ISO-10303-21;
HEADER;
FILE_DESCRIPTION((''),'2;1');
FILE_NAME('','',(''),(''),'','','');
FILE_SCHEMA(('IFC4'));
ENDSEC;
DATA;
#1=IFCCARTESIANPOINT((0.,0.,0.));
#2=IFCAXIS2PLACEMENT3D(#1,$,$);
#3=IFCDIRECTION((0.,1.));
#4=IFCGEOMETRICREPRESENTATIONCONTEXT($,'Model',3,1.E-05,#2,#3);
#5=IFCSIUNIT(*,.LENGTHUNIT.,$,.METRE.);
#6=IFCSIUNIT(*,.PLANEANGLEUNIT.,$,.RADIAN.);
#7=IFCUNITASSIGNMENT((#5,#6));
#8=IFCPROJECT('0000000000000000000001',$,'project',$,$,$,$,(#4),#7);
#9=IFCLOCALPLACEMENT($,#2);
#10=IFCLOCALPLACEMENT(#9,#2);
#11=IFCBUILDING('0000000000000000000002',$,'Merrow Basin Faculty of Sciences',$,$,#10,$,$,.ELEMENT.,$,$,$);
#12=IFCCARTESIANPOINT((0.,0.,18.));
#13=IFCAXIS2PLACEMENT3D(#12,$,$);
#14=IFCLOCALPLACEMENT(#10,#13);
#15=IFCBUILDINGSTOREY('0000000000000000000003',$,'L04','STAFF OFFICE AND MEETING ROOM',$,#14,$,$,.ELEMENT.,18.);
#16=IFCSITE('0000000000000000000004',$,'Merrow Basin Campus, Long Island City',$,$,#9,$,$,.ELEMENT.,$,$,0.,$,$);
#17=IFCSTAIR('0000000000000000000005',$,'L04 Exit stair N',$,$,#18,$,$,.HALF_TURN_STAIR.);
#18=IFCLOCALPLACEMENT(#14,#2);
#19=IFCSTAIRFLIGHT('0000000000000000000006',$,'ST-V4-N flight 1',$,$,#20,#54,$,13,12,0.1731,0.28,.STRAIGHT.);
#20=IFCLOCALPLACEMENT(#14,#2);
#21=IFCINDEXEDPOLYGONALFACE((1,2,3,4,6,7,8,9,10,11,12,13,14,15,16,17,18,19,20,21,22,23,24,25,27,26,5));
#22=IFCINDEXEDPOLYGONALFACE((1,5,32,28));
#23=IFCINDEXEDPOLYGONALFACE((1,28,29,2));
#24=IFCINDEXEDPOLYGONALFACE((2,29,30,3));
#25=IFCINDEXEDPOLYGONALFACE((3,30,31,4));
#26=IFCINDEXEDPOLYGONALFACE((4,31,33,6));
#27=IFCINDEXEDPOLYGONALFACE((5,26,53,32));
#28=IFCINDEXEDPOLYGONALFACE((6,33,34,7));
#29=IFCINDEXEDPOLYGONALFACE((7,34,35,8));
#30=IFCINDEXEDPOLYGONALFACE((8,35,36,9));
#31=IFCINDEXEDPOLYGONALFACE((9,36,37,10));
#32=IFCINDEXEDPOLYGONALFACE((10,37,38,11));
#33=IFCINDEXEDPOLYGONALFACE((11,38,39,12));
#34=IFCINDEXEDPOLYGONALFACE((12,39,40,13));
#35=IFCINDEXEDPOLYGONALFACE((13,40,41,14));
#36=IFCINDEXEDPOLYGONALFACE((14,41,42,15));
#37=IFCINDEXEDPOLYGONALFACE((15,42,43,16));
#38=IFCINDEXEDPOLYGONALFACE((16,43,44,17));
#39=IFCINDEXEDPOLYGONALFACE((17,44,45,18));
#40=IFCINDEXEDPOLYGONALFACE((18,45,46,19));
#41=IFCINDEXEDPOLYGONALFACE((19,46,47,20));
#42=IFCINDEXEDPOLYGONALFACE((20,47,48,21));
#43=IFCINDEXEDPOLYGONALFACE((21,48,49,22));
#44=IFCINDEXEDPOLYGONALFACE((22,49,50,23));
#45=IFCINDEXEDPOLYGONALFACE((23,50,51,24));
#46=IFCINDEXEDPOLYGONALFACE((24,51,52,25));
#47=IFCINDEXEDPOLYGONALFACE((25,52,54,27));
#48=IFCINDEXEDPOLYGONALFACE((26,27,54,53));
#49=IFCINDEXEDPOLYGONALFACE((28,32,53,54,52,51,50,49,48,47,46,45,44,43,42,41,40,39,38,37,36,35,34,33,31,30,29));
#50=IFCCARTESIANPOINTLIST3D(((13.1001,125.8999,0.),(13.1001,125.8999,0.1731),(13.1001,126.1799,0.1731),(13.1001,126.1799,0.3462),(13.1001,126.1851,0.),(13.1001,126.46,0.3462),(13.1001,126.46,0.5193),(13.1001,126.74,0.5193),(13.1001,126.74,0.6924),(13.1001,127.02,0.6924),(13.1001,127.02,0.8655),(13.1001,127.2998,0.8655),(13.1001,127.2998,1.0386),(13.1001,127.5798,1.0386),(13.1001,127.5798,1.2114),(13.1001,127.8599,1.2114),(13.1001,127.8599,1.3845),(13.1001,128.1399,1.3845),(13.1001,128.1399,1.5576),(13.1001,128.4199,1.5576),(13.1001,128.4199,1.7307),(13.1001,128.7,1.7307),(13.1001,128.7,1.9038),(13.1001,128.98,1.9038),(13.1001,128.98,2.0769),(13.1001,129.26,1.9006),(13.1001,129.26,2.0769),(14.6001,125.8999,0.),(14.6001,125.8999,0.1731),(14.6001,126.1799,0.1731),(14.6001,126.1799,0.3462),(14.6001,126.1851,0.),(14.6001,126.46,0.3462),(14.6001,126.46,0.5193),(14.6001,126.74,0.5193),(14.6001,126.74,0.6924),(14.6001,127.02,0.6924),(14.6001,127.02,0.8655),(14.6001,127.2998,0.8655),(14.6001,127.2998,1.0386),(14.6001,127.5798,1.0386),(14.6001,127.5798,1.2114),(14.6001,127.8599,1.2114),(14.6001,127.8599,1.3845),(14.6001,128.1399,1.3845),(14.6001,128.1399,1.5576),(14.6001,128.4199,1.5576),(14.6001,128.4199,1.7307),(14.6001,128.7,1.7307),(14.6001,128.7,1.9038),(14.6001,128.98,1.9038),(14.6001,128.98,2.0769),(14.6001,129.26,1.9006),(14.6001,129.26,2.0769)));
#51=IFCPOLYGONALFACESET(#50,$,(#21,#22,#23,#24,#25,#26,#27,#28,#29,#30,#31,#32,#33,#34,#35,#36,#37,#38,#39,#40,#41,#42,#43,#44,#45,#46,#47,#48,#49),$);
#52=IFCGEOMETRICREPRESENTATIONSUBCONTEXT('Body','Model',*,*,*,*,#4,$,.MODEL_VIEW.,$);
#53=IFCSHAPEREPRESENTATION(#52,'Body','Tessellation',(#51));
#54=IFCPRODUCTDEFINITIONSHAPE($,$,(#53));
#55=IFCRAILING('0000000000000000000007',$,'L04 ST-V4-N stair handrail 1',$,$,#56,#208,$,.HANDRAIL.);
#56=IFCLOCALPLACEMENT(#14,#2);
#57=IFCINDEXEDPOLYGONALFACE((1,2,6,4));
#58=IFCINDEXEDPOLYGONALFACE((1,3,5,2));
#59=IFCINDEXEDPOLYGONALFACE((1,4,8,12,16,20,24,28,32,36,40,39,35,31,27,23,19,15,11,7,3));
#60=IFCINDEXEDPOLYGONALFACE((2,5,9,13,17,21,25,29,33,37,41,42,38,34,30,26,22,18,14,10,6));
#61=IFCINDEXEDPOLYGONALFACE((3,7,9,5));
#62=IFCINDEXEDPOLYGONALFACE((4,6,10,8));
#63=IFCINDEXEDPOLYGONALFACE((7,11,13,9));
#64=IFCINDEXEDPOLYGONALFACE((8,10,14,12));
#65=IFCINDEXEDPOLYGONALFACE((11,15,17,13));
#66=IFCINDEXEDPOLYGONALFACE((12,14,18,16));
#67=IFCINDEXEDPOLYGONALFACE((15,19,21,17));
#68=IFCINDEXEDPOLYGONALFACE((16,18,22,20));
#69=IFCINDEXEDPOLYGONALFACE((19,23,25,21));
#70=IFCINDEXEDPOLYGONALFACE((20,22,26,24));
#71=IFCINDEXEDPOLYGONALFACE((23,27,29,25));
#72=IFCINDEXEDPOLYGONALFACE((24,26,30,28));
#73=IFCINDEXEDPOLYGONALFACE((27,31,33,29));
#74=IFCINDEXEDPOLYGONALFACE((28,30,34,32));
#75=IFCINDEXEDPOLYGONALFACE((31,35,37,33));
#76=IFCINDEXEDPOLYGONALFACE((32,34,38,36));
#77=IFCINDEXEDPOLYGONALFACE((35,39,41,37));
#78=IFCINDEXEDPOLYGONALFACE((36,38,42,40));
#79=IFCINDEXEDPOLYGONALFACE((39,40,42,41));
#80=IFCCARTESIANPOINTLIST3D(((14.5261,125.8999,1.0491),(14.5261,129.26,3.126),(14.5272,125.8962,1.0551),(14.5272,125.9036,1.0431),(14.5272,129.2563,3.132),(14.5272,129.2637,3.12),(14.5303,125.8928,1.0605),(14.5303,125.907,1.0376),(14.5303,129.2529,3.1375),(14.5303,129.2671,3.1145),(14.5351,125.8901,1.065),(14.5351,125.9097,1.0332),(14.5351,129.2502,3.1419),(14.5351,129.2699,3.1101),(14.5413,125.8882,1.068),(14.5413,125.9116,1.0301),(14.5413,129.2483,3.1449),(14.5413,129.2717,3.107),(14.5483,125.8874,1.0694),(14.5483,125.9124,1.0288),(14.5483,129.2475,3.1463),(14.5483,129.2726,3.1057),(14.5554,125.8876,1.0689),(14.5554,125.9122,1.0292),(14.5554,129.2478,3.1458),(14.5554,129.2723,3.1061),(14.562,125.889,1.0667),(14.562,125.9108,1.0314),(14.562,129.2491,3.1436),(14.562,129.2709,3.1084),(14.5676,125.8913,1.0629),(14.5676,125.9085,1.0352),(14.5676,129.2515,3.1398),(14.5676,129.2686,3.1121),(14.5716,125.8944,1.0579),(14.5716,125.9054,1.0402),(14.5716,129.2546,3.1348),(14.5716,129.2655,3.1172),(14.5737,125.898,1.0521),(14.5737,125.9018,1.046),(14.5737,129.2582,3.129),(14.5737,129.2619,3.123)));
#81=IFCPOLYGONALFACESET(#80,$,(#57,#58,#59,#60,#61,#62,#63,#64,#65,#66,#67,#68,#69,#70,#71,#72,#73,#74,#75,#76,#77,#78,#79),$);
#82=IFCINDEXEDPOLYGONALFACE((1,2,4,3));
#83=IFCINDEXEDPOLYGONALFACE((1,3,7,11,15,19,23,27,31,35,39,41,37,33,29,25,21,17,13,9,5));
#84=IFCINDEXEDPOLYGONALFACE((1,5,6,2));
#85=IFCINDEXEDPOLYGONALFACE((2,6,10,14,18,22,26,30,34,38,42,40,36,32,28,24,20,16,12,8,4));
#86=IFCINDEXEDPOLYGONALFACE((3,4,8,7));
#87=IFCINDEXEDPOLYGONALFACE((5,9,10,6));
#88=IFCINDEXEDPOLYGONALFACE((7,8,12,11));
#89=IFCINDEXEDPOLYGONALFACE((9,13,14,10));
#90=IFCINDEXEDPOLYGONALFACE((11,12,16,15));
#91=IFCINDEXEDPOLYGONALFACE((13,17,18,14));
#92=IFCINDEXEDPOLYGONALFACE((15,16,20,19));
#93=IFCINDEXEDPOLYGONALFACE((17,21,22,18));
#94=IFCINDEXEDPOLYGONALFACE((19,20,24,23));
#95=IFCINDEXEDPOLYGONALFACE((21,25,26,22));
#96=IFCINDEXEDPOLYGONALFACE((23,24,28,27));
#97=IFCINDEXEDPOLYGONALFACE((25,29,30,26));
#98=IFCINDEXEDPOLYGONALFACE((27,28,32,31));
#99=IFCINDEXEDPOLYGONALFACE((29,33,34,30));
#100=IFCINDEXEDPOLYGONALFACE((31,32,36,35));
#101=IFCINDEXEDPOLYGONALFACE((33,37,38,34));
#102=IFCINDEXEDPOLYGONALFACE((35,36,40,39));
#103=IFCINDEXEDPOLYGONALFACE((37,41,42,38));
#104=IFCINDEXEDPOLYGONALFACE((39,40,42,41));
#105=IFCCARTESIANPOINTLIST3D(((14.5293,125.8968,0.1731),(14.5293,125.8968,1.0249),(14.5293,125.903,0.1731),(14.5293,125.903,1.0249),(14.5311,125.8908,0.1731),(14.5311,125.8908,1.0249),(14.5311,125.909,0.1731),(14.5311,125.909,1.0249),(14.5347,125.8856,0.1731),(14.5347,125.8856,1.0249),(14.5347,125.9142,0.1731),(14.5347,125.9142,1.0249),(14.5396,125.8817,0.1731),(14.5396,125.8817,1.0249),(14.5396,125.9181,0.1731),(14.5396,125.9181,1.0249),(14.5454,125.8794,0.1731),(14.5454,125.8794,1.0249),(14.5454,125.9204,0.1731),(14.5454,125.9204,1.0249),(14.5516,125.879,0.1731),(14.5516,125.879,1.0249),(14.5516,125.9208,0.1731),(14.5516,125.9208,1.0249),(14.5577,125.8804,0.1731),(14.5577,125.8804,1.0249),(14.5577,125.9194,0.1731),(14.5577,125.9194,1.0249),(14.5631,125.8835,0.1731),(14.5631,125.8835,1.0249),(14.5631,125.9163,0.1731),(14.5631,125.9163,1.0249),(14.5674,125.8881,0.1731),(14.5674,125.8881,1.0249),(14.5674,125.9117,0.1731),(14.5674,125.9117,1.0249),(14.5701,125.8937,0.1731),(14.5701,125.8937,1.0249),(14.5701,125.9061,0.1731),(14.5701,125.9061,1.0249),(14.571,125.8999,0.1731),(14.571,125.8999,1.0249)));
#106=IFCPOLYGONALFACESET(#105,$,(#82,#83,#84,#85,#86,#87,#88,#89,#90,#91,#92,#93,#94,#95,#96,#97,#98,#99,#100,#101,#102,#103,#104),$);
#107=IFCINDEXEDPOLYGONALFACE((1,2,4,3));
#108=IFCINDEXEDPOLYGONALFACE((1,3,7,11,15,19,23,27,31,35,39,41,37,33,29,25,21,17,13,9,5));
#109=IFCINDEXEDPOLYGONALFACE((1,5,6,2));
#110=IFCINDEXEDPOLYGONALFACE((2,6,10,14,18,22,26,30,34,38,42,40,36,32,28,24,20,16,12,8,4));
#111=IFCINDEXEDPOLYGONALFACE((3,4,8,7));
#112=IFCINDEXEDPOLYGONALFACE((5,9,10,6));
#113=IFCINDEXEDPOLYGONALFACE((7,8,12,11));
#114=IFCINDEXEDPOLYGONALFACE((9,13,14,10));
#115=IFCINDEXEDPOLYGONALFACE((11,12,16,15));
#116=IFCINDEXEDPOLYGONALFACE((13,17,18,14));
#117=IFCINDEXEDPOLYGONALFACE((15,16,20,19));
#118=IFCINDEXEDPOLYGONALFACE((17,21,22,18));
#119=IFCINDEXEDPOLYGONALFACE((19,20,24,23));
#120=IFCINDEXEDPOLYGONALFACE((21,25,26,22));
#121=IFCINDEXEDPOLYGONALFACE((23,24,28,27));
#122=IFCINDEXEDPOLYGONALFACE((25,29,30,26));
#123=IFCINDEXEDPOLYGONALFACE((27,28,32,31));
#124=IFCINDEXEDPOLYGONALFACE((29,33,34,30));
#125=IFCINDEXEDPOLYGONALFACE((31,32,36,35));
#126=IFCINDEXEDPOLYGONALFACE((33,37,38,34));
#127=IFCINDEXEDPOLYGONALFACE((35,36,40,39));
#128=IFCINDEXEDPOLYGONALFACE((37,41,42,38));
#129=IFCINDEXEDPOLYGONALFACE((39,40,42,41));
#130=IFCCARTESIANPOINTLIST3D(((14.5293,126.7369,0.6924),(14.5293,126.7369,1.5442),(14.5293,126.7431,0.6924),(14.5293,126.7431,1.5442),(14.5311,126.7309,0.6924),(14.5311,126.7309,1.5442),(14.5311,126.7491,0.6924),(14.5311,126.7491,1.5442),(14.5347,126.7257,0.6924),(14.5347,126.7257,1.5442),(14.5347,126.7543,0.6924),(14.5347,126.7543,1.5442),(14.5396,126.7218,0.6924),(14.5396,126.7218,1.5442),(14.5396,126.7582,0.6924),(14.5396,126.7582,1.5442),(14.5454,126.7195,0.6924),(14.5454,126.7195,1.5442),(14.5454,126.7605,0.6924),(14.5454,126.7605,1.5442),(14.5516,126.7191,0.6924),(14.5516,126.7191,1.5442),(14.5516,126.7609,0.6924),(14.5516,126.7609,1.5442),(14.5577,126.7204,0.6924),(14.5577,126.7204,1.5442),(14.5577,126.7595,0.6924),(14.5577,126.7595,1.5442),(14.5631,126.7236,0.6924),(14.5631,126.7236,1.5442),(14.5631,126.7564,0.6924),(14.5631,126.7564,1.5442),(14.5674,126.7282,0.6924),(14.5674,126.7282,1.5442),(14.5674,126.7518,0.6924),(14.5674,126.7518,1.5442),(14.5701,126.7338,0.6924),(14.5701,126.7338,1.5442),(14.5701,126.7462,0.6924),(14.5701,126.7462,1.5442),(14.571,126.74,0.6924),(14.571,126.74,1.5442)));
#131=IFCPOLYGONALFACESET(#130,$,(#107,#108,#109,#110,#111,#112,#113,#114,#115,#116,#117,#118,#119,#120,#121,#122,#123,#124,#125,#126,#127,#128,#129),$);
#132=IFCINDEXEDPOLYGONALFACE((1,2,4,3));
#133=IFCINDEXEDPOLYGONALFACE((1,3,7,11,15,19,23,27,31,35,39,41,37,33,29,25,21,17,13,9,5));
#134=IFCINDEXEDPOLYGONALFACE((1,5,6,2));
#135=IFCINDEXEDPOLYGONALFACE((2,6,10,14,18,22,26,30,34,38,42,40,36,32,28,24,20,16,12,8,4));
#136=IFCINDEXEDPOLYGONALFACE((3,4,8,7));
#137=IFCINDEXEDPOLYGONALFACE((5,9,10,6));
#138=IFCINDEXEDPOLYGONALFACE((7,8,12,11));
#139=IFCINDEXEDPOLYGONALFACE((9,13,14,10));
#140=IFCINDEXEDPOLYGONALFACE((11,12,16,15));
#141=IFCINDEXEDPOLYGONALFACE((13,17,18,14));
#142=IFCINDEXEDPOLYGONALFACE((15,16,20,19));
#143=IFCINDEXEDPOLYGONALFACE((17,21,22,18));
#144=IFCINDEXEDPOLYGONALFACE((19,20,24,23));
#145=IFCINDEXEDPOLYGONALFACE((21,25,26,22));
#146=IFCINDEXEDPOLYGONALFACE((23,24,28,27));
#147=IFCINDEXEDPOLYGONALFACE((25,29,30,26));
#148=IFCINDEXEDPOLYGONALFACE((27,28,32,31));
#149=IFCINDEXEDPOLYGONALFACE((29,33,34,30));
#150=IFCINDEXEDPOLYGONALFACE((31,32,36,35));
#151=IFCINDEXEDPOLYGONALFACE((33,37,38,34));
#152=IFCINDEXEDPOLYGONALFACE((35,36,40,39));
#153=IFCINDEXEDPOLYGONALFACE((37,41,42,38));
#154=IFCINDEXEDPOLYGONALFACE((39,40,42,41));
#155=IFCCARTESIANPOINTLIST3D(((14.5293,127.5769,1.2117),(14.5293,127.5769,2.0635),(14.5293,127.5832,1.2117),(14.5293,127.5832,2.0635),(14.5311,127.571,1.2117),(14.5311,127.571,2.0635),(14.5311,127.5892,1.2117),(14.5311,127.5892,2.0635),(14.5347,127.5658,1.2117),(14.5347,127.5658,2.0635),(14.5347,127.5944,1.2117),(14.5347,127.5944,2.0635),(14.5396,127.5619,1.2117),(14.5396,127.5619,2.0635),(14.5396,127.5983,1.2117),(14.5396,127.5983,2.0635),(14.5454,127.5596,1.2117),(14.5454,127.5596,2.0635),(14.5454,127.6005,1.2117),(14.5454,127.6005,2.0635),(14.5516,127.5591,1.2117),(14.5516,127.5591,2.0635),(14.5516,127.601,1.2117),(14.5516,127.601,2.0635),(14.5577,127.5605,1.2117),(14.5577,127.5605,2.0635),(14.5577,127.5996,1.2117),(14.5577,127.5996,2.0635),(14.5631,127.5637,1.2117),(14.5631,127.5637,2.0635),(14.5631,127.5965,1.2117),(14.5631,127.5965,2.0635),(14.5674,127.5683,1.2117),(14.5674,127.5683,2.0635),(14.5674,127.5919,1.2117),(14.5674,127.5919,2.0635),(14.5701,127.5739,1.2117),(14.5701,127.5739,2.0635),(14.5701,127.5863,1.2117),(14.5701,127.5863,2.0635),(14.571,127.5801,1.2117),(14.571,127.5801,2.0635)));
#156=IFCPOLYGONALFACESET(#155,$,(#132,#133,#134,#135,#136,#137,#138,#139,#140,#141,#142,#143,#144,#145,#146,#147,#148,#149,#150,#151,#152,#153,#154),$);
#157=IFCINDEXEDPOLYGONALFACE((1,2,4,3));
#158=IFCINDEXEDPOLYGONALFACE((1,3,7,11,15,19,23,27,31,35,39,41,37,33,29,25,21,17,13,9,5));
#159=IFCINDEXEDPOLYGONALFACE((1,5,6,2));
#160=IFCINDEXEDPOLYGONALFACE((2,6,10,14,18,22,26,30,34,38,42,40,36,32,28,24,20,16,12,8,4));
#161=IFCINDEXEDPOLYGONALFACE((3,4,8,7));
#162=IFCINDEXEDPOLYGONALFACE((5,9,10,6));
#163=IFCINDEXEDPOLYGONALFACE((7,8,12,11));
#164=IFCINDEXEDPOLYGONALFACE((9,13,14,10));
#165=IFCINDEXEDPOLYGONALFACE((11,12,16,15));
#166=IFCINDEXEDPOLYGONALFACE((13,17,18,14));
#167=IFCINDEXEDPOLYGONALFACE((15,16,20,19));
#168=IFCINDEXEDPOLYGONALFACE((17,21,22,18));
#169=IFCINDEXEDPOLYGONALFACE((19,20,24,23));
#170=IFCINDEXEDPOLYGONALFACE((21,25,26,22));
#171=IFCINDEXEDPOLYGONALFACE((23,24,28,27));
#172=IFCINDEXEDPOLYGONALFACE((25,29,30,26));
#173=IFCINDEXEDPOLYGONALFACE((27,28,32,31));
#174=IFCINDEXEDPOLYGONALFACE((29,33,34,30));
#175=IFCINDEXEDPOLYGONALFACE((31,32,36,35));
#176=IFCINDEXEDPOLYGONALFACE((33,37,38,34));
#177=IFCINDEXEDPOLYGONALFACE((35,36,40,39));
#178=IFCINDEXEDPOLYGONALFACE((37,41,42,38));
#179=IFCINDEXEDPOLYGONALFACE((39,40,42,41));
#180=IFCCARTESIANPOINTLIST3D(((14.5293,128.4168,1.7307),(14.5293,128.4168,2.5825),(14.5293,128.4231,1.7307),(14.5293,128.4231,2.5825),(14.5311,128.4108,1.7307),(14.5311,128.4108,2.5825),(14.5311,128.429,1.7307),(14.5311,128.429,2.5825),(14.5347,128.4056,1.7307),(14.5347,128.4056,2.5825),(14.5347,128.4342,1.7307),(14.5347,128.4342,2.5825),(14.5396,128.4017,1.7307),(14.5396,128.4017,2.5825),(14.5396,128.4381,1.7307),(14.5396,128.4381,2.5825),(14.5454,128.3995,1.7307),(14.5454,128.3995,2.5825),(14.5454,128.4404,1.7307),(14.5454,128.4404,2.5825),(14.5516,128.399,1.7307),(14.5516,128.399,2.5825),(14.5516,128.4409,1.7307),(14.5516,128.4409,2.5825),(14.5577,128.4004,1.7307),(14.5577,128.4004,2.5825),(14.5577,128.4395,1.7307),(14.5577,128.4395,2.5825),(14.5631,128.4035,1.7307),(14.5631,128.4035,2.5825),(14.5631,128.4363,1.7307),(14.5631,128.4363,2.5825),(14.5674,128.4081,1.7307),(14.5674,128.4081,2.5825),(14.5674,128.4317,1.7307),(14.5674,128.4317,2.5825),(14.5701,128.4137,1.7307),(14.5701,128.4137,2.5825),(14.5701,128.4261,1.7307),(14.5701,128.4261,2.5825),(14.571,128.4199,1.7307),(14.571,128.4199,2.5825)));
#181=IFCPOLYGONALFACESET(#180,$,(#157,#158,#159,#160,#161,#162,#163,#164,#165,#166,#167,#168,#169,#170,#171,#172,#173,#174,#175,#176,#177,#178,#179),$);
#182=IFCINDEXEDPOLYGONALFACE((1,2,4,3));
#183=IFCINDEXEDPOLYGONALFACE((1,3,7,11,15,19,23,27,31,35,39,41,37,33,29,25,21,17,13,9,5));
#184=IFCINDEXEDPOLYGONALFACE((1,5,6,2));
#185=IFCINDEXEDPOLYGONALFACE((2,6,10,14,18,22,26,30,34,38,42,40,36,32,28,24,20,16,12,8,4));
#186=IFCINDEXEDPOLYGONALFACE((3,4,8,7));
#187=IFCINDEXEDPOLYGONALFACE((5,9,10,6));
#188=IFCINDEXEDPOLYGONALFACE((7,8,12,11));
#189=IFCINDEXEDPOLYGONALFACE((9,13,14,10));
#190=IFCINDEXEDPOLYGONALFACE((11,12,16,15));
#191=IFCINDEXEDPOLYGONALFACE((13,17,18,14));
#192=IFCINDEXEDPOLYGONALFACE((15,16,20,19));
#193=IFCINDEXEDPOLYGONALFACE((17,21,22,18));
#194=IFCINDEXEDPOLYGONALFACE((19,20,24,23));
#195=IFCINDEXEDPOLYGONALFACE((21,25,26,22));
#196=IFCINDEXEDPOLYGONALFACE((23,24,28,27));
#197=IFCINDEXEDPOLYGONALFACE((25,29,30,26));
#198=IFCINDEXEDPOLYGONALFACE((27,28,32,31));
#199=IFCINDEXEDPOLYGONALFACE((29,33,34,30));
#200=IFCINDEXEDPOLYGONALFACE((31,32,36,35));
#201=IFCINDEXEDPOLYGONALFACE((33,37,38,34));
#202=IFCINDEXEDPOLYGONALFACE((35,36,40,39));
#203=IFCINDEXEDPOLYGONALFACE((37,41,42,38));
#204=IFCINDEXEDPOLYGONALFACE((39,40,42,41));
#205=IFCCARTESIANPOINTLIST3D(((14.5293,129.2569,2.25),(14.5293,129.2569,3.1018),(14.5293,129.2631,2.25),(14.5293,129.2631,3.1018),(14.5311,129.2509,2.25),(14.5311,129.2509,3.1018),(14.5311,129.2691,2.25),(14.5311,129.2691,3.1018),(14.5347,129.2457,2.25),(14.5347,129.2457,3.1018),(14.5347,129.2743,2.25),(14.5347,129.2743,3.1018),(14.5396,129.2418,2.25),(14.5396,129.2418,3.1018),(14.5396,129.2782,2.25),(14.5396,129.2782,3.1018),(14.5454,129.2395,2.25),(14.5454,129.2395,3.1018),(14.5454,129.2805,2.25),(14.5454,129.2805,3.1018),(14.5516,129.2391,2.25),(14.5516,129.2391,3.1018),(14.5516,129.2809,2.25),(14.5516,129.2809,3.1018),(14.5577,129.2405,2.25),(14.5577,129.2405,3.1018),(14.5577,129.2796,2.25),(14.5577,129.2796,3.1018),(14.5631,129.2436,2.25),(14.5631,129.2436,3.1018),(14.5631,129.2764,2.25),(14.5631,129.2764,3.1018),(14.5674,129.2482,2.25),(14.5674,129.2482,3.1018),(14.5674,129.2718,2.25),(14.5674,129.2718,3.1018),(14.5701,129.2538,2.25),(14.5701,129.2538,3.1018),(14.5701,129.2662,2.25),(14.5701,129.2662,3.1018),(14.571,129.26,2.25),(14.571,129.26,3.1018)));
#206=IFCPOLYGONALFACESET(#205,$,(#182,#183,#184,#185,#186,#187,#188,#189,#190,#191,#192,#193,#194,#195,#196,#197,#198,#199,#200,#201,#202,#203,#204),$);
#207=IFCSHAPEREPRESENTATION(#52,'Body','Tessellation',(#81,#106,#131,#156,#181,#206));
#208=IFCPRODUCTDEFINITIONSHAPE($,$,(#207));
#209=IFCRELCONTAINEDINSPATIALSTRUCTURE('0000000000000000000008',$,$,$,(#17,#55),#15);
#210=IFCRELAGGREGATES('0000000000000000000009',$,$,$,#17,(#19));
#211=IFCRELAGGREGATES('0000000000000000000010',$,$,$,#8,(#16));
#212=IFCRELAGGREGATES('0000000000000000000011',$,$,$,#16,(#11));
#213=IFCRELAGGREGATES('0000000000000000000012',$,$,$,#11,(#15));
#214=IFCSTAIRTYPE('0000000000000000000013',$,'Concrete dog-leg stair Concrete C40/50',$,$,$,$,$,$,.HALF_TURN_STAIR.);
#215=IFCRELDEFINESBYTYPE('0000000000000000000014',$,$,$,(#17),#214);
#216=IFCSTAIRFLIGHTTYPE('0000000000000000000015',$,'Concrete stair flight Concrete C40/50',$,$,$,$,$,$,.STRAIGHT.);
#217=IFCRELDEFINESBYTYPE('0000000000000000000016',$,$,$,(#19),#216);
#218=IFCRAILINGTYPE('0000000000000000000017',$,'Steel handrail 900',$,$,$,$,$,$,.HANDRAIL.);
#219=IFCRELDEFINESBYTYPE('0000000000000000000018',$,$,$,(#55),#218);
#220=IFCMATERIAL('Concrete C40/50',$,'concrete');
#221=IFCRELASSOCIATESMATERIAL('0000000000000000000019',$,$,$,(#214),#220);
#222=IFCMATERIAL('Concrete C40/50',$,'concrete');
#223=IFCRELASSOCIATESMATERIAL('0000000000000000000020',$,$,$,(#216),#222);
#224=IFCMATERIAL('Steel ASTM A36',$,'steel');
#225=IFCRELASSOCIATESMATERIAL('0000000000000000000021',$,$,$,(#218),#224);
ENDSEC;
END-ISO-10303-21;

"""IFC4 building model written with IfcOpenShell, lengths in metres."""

from ifc_helpers import new_model, si_unit, direction, frame, origin, origin_2d, place, context, subcontext, project, spatial, polyline, circle, outline, extrude, material, type_object, element, aggregate, save


model = new_model("IFC4")

# Units and contexts
model_context = context("Model", 3, precision=1e-05, world=origin(), true_north=direction((0.0, 1.0)))
body_context = subcontext(model_context, "Body", "Model", "MODEL_VIEW")
ifc_project = project(units=[si_unit("LENGTHUNIT", "METRE"), si_unit("PLANEANGLEUNIT", "RADIAN")], contexts=[model_context])

# Site, building, storey
site_placement = place(None, origin())
site = spatial("IfcSite", under=ifc_project, at=site_placement, Name="Merrow Basin Campus, Long Island City", CompositionType="ELEMENT", RefElevation=0.0)
building_placement = place(site_placement, origin())
building = spatial("IfcBuilding", under=site, at=building_placement, Name="Merrow Basin Faculty of Sciences", CompositionType="ELEMENT")
storey_placement = place(building_placement, frame((0.0, 0.0, 18.0)))
storey = spatial("IfcBuildingStorey", under=building, at=storey_placement, Name="L04", Description="STAFF OFFICE AND MEETING ROOM", CompositionType="ELEMENT", Elevation=18.0)

# Stair, stair flight
ifc_material_1 = material(Name="Concrete C40/50", Category="concrete")
stair_type = type_object("IfcStairType", Name="Concrete dog-leg stair Concrete C40/50", PredefinedType="HALF_TURN_STAIR", material=ifc_material_1)
stair_placement = place(storey_placement, origin())
stair = element("IfcStair", 1, at=stair_placement, inside=storey, type_object=stair_type, Name="L04 Exit stair N", PredefinedType="HALF_TURN_STAIR")
ifc_material_2 = material(Name="Concrete C40/50", Category="concrete")
stair_flight_type = type_object("IfcStairFlightType", Name="Concrete stair flight Concrete C40/50", PredefinedType="STRAIGHT", material=ifc_material_2)
stair_flight_placement = place(storey_placement, frame((13.8501, 125.8999, 0.0), z_axis=(0.0, 0.0, 1.0), x_axis=(0.0, 1.0, 0.0)))
stair_flight = element("IfcStairFlight", 2, at=stair_flight_placement, type_object=stair_flight_type, Name="ST-V4-N flight 1", NumberOfRisers=13, NumberOfTreads=12, PredefinedType="STRAIGHT", RiserHeight=0.1731, TreadLength=0.28, context=body_context, shape_type="SweptSolid", body=[
    extrude(outline(polyline([(0.0, 0.0), (0.0, 0.1731), (0.28, 0.1731), (0.28, 0.3462), (0.5601, 0.3462), (0.5601, 0.5193), (0.8401, 0.5193), (0.8401, 0.6924), (1.1201, 0.6924), (1.1201, 0.8655), (1.3999, 0.8655), (1.3999, 1.0386), (1.6799, 1.0386), (1.6799, 1.2114), (1.96, 1.2114), (1.96, 1.3845), (2.24, 1.3845), (2.24, 1.5576), (2.52, 1.5576), (2.52, 1.7307), (2.8, 1.7307), (2.8, 1.9038), (3.0801, 1.9038), (3.0801, 2.0769), (3.3601, 2.0769), (3.3601, 2.25), (3.3601, 1.9006), (0.2852, 0.0), (0.0, 0.0)])), frame((0.0, 0.75, 0.0), z_axis=(0.0, -1.0, 0.0), x_axis=(1.0, 0.0, 0.0)), (0.0, 0.0, 1.0), 1.5),
])
aggregate(stair, [stair_flight])

# Railing
ifc_material_3 = material(Name="Steel ASTM A36", Category="steel")
railing_type = type_object("IfcRailingType", Name="Steel handrail 900", PredefinedType="HANDRAIL", material=ifc_material_3)
railing_placement = place(storey_placement, frame((14.55, 125.8999, 0.1731)))
element("IfcRailing", 3, at=railing_placement, inside=storey, type_object=railing_type, Name="L04 ST-V4-N stair handrail 1", PredefinedType="HANDRAIL", context=body_context, shape_type="SweptSolid", body=[
    extrude(circle(Radius=0.0239, at=origin_2d()), frame((0.0, 0.0, 0.876), z_axis=(0.0, 0.850623, 0.525776), x_axis=(-1.0, 0.0, 0.0)), (0.0, 0.0, 1.0), 3.9502),
    extrude(circle(Radius=0.021, at=origin_2d()), origin(), (0.0, 0.0, 1.0), 0.8518),
    extrude(circle(Radius=0.021, at=origin_2d()), frame((0.0, 0.8401, 0.5193)), (0.0, 0.0, 1.0), 0.8518),
    extrude(circle(Radius=0.021, at=origin_2d()), frame((0.0, 1.6802, 1.0386)), (0.0, 0.0, 1.0), 0.8518),
    extrude(circle(Radius=0.021, at=origin_2d()), frame((0.0, 2.52, 1.5576)), (0.0, 0.0, 1.0), 0.8518),
    extrude(circle(Radius=0.021, at=origin_2d()), frame((0.0, 3.3601, 2.0769)), (0.0, 0.0, 1.0), 0.8518),
])

save(model, "model.ifc")
